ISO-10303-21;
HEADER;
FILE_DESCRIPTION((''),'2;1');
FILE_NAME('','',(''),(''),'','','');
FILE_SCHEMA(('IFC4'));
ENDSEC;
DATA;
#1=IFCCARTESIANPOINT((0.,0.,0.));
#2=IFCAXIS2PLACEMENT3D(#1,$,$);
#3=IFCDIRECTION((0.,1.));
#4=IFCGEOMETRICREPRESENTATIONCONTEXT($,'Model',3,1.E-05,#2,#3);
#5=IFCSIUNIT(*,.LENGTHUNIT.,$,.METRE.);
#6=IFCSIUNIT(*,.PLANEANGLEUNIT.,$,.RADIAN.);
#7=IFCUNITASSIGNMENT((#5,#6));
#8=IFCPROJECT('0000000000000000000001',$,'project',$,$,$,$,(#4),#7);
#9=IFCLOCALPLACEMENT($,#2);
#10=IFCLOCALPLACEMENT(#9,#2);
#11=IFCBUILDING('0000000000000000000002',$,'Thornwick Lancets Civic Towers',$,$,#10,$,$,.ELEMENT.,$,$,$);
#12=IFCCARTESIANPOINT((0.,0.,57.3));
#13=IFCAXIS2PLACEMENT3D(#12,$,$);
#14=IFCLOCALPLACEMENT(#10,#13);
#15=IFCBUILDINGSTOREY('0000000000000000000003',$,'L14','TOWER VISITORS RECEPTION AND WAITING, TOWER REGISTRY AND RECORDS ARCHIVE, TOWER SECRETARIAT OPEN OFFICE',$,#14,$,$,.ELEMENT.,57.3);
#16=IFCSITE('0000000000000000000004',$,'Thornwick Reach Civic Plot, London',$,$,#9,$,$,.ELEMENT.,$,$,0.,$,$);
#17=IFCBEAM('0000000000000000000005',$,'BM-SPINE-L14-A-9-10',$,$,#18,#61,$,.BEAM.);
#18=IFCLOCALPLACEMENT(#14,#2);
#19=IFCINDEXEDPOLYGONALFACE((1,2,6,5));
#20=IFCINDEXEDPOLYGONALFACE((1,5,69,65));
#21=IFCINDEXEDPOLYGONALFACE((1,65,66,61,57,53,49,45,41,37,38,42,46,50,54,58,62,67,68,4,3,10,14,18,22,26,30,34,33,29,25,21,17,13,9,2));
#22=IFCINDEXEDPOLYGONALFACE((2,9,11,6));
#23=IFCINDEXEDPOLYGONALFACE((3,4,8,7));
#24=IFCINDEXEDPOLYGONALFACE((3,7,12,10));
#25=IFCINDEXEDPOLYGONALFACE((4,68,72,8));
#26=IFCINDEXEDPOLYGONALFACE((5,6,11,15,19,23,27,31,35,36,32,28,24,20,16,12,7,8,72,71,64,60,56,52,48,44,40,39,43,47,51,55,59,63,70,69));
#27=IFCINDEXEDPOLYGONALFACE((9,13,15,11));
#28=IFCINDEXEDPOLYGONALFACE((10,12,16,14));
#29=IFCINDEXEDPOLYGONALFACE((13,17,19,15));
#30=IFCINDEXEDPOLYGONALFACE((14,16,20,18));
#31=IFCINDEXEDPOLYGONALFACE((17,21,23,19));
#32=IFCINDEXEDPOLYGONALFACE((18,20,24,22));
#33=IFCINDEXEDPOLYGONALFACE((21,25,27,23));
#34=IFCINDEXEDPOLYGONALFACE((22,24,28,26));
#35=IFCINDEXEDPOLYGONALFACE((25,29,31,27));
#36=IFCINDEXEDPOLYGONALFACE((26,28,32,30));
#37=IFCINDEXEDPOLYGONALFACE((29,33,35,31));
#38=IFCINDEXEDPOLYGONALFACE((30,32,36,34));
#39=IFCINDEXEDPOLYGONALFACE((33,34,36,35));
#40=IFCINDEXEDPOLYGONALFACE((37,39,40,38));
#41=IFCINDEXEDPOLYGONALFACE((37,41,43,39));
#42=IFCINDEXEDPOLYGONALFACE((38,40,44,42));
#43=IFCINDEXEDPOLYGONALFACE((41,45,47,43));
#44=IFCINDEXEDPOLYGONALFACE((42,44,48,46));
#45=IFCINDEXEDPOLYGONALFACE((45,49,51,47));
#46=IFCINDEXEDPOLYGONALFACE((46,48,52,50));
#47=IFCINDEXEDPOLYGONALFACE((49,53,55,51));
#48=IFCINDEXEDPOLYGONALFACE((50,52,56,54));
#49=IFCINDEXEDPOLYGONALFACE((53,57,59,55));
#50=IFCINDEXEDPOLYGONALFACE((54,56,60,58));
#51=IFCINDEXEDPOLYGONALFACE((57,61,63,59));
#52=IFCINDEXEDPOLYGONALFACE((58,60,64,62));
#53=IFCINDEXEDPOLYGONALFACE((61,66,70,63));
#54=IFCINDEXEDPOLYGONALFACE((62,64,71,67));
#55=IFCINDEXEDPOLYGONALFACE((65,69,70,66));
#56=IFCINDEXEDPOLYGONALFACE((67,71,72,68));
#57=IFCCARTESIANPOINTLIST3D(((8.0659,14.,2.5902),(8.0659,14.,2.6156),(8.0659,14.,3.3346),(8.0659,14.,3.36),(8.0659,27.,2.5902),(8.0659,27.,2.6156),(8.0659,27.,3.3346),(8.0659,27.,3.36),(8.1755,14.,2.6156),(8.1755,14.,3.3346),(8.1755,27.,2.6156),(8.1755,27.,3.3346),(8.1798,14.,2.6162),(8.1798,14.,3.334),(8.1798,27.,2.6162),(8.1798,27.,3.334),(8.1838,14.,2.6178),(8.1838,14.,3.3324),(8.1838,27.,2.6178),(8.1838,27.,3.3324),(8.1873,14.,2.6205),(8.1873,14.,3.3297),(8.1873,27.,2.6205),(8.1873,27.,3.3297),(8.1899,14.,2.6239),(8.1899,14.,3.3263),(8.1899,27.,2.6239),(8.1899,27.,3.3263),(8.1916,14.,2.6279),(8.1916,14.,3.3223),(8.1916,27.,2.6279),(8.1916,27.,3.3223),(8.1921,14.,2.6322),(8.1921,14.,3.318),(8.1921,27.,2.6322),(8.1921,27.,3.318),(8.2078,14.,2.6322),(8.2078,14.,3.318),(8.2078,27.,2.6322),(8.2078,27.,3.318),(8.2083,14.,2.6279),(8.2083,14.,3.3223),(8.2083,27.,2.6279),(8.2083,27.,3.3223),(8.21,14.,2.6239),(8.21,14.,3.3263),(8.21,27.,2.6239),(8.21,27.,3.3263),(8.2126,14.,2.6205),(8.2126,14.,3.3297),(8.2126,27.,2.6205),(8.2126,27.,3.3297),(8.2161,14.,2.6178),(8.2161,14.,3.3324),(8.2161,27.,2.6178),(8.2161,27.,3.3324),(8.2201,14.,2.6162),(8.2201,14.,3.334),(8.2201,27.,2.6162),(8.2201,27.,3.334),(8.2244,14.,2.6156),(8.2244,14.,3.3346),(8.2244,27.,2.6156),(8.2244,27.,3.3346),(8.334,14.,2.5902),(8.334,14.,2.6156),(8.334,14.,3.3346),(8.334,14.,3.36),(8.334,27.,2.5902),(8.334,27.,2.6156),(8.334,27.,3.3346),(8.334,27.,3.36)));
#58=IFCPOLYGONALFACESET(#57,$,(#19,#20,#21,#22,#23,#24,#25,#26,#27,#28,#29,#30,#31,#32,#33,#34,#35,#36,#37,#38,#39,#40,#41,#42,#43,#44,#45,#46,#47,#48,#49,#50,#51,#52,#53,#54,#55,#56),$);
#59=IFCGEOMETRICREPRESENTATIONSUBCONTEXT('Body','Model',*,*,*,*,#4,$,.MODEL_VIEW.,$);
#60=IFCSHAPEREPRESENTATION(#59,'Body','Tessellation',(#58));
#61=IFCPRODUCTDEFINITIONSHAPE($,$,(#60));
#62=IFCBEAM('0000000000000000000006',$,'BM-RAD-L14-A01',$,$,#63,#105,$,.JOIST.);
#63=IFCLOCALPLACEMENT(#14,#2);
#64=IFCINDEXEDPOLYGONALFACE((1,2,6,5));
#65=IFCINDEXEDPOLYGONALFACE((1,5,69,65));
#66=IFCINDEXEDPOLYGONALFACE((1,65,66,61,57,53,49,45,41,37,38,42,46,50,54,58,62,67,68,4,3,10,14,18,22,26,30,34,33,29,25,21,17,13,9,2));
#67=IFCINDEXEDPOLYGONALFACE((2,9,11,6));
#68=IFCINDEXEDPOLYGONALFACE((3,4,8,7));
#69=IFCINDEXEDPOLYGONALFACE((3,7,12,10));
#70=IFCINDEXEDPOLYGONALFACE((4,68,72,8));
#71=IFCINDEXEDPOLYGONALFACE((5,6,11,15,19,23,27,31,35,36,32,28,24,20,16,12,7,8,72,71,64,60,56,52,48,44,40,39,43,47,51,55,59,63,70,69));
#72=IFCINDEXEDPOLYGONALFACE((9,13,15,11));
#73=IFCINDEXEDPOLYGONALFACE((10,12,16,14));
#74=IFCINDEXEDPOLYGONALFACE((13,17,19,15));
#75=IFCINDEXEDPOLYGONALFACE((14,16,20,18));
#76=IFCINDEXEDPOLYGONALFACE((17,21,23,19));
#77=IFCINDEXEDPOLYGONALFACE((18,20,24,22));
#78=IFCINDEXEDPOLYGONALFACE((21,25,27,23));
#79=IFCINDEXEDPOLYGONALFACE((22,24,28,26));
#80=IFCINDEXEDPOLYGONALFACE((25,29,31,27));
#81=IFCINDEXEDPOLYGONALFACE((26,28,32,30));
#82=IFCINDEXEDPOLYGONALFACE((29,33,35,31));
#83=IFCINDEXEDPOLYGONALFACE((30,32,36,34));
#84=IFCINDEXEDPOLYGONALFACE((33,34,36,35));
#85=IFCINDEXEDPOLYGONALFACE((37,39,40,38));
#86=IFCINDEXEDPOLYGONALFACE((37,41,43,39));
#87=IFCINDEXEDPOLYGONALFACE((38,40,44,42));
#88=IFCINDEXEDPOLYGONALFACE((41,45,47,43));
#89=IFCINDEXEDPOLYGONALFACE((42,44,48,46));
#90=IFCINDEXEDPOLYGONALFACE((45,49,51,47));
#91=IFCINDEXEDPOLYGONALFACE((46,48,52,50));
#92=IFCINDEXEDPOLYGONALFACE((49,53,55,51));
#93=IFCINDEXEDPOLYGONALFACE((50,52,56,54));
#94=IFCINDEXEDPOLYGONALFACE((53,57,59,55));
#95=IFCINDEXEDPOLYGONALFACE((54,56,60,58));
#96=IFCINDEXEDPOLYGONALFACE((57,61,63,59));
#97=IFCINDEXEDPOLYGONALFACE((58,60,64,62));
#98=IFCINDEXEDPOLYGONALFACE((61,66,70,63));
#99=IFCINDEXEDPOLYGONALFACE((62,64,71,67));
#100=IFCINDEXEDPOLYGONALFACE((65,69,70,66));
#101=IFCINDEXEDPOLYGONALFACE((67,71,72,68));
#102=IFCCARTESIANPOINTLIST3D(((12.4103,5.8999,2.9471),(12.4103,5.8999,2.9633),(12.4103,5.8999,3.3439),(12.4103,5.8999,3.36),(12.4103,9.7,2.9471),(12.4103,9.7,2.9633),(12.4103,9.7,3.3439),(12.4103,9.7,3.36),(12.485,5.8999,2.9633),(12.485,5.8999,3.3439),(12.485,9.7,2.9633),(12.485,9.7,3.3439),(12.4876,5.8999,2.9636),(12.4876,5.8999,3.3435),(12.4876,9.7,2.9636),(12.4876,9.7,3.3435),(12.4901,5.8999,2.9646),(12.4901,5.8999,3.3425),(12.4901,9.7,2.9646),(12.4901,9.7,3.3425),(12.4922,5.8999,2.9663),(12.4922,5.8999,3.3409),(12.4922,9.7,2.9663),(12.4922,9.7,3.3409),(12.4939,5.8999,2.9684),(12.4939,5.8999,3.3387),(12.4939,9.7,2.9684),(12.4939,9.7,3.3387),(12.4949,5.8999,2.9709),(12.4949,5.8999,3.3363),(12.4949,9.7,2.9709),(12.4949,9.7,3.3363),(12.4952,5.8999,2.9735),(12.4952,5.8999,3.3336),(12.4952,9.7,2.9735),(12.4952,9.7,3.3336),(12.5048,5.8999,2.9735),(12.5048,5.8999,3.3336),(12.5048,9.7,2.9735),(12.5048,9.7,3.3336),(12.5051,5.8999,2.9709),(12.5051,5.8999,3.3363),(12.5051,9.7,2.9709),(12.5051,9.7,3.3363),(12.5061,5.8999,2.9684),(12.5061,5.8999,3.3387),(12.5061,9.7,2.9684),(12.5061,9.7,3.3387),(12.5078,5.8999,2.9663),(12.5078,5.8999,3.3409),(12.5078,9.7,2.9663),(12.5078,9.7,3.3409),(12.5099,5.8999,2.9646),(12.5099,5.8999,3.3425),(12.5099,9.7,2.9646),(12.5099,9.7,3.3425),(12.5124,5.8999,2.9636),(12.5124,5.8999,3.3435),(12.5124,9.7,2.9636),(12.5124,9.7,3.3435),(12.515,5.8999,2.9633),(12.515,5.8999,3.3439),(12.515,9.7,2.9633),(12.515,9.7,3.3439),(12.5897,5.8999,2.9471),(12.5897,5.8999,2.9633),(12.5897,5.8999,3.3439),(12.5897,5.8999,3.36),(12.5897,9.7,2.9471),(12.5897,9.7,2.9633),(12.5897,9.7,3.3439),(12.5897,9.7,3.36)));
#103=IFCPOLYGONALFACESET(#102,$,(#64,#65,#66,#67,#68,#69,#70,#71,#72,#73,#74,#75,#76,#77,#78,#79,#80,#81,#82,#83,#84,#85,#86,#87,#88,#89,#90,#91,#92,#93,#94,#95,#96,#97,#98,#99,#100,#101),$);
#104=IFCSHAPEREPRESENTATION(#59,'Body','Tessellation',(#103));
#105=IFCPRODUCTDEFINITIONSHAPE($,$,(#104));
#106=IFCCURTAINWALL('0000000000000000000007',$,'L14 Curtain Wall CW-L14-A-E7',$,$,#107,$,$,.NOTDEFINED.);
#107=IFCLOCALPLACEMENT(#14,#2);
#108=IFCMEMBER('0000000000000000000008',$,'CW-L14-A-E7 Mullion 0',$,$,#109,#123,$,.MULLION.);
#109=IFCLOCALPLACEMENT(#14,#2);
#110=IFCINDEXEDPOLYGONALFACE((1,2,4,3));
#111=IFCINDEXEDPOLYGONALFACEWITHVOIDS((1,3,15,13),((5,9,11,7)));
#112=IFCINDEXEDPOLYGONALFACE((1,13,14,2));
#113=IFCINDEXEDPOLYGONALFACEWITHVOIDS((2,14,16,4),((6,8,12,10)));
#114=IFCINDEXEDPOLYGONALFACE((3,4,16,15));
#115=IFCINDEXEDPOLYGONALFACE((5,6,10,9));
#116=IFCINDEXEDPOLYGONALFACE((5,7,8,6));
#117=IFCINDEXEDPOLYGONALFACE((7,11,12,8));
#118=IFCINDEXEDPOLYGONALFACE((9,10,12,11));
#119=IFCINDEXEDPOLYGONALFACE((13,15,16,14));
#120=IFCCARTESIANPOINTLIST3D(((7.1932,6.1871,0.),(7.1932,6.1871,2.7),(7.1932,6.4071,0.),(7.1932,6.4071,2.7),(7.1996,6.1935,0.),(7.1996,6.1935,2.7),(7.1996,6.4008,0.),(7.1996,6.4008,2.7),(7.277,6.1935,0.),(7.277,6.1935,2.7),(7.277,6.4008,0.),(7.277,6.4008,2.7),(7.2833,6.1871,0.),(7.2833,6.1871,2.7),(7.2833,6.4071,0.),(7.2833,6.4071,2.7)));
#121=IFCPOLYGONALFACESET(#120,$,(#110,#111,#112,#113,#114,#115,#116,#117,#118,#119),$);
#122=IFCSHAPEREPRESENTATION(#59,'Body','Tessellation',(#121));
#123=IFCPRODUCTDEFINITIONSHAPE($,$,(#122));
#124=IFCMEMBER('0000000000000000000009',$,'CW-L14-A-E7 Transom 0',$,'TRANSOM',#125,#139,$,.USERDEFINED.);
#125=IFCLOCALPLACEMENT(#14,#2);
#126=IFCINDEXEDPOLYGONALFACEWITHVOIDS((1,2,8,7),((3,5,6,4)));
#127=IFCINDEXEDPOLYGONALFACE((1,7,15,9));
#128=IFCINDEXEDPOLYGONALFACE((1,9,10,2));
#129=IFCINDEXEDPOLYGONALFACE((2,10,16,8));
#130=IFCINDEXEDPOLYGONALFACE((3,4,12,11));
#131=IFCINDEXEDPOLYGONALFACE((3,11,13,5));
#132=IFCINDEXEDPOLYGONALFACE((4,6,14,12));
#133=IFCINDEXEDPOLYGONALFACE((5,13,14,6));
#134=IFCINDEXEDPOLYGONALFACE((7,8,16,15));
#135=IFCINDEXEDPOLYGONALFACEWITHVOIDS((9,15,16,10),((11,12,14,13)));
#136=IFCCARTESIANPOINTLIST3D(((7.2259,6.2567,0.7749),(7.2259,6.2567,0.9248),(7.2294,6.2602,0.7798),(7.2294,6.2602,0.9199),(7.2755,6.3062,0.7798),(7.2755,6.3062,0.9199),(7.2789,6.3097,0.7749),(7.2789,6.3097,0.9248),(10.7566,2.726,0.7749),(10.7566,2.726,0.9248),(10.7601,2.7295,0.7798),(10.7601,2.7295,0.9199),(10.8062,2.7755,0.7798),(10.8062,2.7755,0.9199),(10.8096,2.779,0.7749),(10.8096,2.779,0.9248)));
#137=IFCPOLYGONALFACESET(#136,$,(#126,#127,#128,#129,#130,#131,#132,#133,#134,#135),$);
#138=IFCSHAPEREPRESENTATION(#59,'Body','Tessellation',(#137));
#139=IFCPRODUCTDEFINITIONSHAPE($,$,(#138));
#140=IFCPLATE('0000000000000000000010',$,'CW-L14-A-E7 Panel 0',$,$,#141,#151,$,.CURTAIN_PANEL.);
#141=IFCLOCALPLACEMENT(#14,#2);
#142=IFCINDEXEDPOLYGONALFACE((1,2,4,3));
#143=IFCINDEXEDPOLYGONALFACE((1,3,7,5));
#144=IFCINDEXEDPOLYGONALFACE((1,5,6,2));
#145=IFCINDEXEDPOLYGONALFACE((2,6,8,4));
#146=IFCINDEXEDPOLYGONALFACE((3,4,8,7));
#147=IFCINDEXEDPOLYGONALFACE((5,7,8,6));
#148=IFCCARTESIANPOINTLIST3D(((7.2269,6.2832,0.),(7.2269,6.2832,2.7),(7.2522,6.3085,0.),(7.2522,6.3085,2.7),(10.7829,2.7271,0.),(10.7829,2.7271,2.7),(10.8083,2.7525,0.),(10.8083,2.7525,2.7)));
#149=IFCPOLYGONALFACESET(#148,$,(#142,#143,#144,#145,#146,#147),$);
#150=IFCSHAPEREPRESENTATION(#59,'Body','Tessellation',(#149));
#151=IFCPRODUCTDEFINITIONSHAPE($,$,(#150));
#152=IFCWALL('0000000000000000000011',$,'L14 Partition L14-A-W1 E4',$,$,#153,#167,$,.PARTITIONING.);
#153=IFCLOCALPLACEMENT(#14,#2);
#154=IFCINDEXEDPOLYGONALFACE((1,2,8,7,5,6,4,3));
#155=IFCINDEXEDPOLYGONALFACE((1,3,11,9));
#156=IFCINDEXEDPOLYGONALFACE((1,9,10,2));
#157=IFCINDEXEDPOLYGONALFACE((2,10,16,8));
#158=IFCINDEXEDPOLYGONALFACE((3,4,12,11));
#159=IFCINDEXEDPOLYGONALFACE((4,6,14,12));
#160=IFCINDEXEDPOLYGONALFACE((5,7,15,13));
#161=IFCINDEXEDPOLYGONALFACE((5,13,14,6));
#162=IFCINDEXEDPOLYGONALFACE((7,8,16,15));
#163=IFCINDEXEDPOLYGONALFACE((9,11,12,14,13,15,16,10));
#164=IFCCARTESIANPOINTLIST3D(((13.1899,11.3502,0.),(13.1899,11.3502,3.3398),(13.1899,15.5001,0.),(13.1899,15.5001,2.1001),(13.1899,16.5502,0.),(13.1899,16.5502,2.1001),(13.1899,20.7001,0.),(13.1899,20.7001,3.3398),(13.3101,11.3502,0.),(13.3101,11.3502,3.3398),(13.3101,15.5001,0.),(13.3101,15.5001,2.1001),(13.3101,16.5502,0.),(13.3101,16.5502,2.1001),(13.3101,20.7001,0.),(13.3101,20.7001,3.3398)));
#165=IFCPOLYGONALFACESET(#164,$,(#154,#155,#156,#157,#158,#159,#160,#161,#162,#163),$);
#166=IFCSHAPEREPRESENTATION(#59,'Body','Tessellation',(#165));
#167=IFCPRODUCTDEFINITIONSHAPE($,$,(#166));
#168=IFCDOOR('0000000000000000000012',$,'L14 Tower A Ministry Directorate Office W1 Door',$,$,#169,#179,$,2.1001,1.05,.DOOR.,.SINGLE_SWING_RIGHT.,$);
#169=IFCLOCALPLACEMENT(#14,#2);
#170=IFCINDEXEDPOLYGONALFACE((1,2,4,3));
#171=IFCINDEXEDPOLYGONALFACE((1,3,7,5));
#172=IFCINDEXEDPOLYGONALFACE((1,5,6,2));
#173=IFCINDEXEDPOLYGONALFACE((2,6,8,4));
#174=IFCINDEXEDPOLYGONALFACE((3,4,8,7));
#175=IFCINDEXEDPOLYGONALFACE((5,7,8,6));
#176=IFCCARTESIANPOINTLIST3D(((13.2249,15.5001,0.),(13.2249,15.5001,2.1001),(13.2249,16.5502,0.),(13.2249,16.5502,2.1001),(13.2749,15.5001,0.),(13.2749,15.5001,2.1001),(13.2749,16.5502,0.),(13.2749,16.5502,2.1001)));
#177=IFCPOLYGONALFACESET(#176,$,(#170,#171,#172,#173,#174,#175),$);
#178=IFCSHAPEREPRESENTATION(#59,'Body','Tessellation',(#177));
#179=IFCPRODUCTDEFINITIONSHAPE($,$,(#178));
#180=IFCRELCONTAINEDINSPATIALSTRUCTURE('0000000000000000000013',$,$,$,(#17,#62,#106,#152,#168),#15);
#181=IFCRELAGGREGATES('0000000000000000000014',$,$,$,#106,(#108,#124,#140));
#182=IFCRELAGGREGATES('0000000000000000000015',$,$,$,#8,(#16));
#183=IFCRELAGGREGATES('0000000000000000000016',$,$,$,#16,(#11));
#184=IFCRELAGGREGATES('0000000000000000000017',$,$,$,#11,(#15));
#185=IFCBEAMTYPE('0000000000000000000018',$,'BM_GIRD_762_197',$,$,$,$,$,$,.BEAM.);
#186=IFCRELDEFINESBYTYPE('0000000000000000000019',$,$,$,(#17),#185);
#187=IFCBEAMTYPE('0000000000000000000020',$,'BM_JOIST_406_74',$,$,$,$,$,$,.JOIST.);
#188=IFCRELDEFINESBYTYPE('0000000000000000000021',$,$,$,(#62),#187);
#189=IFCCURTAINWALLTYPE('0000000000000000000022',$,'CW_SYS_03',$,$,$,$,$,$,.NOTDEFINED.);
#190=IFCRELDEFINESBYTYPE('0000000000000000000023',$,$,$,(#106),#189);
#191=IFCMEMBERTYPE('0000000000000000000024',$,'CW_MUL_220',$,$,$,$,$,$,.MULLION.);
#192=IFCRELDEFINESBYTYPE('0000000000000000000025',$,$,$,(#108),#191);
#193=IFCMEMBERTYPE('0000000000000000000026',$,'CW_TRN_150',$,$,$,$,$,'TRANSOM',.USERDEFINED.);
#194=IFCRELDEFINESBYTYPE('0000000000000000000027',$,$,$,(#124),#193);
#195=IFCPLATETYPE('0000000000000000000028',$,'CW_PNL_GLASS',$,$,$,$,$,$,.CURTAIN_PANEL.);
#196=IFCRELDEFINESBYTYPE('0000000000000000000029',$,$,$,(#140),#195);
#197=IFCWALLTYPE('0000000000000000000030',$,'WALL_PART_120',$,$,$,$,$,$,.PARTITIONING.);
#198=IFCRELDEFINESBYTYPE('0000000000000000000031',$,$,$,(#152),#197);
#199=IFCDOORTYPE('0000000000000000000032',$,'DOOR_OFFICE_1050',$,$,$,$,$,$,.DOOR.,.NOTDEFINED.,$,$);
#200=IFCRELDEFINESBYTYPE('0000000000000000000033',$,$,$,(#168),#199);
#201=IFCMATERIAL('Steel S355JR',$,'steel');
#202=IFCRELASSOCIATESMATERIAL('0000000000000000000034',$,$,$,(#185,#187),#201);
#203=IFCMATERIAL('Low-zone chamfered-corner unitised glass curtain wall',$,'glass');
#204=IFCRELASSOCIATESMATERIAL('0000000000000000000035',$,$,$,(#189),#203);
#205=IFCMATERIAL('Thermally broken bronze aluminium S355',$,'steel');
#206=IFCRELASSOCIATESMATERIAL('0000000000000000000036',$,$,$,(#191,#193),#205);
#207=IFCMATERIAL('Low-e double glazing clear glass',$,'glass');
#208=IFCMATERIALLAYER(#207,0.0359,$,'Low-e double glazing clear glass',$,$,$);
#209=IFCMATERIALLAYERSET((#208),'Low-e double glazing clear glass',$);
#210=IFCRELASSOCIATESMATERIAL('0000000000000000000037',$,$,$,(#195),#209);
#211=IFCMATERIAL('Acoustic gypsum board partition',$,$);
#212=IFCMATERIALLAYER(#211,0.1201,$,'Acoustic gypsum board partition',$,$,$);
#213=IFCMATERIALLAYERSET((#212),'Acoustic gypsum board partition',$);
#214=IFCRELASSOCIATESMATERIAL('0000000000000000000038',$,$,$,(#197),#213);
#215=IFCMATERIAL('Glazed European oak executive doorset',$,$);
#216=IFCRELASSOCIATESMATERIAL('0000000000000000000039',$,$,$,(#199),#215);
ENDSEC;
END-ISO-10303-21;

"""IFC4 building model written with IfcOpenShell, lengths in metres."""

from ifc_helpers import new_model, si_unit, direction, frame, frame_2d, origin, origin_2d, place, context, subcontext, project, spatial, rectangle, hollow_rectangle, i_section, extrude, material, layer, layer_set, material_profile, profile_set, type_object, element, fill, aggregate, save


model = new_model("IFC4")

# Units and contexts
model_context = context("Model", 3, precision=1e-05, world=origin(), true_north=direction((0.0, 1.0)))
body_context = subcontext(model_context, "Body", "Model", "MODEL_VIEW")
ifc_project = project(units=[si_unit("LENGTHUNIT", "METRE"), si_unit("PLANEANGLEUNIT", "RADIAN")], contexts=[model_context])

# Site, building, storey
site_placement = place(None, origin())
site = spatial("IfcSite", under=ifc_project, at=site_placement, Name="Thornwick Reach Civic Plot, London", CompositionType="ELEMENT", RefElevation=0.0)
building_placement = place(site_placement, origin())
building = spatial("IfcBuilding", under=site, at=building_placement, Name="Thornwick Lancets Civic Towers", CompositionType="ELEMENT")
storey_placement = place(building_placement, frame((0.0, 0.0, 57.3)))
storey = spatial("IfcBuildingStorey", under=building, at=storey_placement, Name="L14", Description="TOWER VISITORS RECEPTION AND WAITING, TOWER REGISTRY AND RECORDS ARCHIVE, TOWER SECRETARIAT OPEN OFFICE", CompositionType="ELEMENT", Elevation=57.3)

# Beams
ifc_material_1 = material(Name="Steel S355JR", Category="steel")
ifc_material_profile_1 = material_profile(ifc_material_1, i_section(OverallWidth=0.2681, OverallDepth=0.7698, WebThickness=0.0156, FlangeThickness=0.0254, FilletRadius=0.0166, at=origin_2d()), Name="UKB 762x267x197")
ifc_profile_set_1 = profile_set([ifc_material_profile_1], Name="Steel S355JR")
beam_type_1 = type_object("IfcBeamType", Name="BM_GIRD_762_197", PredefinedType="BEAM", material=ifc_profile_set_1)
for number, where, z_axis, x_axis, name in (
    (1, (8.2, 14.0, 2.9751), (0.0, 1.0, 0.0), (-1.0, 0.0, 0.0), "BM-SPINE-L14-A-9-10"),
):
    element("IfcBeam", number, at=place(storey_placement, frame(where, z_axis=z_axis, x_axis=x_axis)), inside=storey, type_object=beam_type_1, Name=name, PredefinedType="BEAM", context=body_context, shape_type="SweptSolid", body=[
        extrude(i_section(OverallWidth=0.2681, OverallDepth=0.7698, WebThickness=0.0156, FlangeThickness=0.0254, FilletRadius=0.0166, at=origin_2d()), origin(), (0.0, 0.0, 1.0), 13.0),
    ])
ifc_material_profile_2 = material_profile(ifc_material_1, i_section(OverallWidth=0.1794, OverallDepth=0.4128, WebThickness=0.0095, FlangeThickness=0.0161, FilletRadius=0.0103, at=origin_2d()), Name="UKB 406x178x74")
ifc_profile_set_2 = profile_set([ifc_material_profile_2], Name="Steel S355JR")
beam_type_2 = type_object("IfcBeamType", Name="BM_JOIST_406_74", PredefinedType="JOIST", material=ifc_profile_set_2)
beam_1_placement = place(storey_placement, frame((12.5, 9.7, 3.1536), z_axis=(0.0, -1.0, 0.0), x_axis=(1.0, 0.0, 0.0)))
element("IfcBeam", 2, at=beam_1_placement, inside=storey, type_object=beam_type_2, Name="BM-RAD-L14-A01", PredefinedType="JOIST", context=body_context, shape_type="SweptSolid", body=[
    extrude(i_section(OverallWidth=0.1794, OverallDepth=0.4128, WebThickness=0.0095, FlangeThickness=0.0161, FilletRadius=0.0103, at=origin_2d()), origin(), (0.0, 0.0, 1.0), 3.8),
])

# Curtain wall, members, plate
ifc_material_2 = material(Name="Low-zone chamfered-corner unitised glass curtain wall", Category="glass")
curtain_wall_type = type_object("IfcCurtainWallType", Name="CW_SYS_03", PredefinedType="NOTDEFINED", material=ifc_material_2)
curtain_wall_placement = place(storey_placement, origin())
curtain_wall = element("IfcCurtainWall", 3, at=curtain_wall_placement, inside=storey, type_object=curtain_wall_type, Name="L14 Curtain Wall CW-L14-A-E7", PredefinedType="NOTDEFINED")
ifc_material_3 = material(Name="Thermally broken bronze aluminium S355", Category="steel")
ifc_material_profile_3 = material_profile(ifc_material_3, hollow_rectangle(XDim=0.0901, YDim=0.22, WallThickness=0.0063, at=origin_2d()), Name="RHS 220x90x6.3")
ifc_profile_set_3 = profile_set([ifc_material_profile_3], Name="Thermally broken bronze aluminium S355")
member_type_1 = type_object("IfcMemberType", Name="CW_MUL_220", PredefinedType="MULLION", material=ifc_profile_set_3)
member_1_placement = place(storey_placement, frame((7.2383, 6.2971, 0.0), z_axis=(0.0, 0.0, 1.0), x_axis=(1.0, 0.0, 0.0)))
member_1 = element("IfcMember", 4, at=member_1_placement, type_object=member_type_1, Name="CW-L14-A-E7 Mullion 0", PredefinedType="MULLION", context=body_context, shape_type="SweptSolid", body=[
    extrude(hollow_rectangle(XDim=0.0901, YDim=0.22, WallThickness=0.0063, at=origin_2d()), origin(), (0.0, 0.0, 1.0), 2.7),
])
ifc_material_profile_4 = material_profile(ifc_material_3, hollow_rectangle(XDim=0.075, YDim=0.1499, WallThickness=0.0049, at=origin_2d()), Name="RHS 150x75x5")
ifc_profile_set_4 = profile_set([ifc_material_profile_4], Name="Thermally broken bronze aluminium S355")
member_type_2 = type_object("IfcMemberType", Name="CW_TRN_150", ElementType="TRANSOM", PredefinedType="USERDEFINED", material=ifc_profile_set_4)
member_2_placement = place(storey_placement, frame((7.2524, 6.2832, 0.8499), z_axis=(0.707107, -0.707107, 0.0), x_axis=(0.707107, 0.707107, 0.0)))
member_2 = element("IfcMember", 5, at=member_2_placement, type_object=member_type_2, Name="CW-L14-A-E7 Transom 0", ObjectType="TRANSOM", PredefinedType="USERDEFINED", context=body_context, shape_type="SweptSolid", body=[
    extrude(hollow_rectangle(XDim=0.075, YDim=0.1499, WallThickness=0.0049, at=origin_2d()), origin(), (0.0, 0.0, 1.0), 4.9932),
])
ifc_material_4 = material(Name="Low-e double glazing clear glass", Category="glass")
ifc_layer_1 = layer(ifc_material_4, 0.0359, Name="Low-e double glazing clear glass")
ifc_layer_set_1 = layer_set([ifc_layer_1], Name="Low-e double glazing clear glass")
plate_type = type_object("IfcPlateType", Name="CW_PNL_GLASS", PredefinedType="CURTAIN_PANEL", material=ifc_layer_set_1)
plate_placement = place(storey_placement, frame((9.0176, 4.5178, 0.0), z_axis=(0.0, 0.0, 1.0), x_axis=(0.707107, -0.707107, 0.0)))
plate = element("IfcPlate", 6, at=plate_placement, type_object=plate_type, Name="CW-L14-A-E7 Panel 0", PredefinedType="CURTAIN_PANEL", context=body_context, shape_type="SweptSolid", body=[
    extrude(rectangle(XDim=5.0291, YDim=0.0359, at=origin_2d()), origin(), (0.0, 0.0, 1.0), 2.7),
])
aggregate(curtain_wall, [member_1, member_2, plate])

# Wall, opening, door
ifc_material_5 = material(Name="Acoustic gypsum board partition")
ifc_layer_2 = layer(ifc_material_5, 0.1201, Name="Acoustic gypsum board partition")
ifc_layer_set_2 = layer_set([ifc_layer_2], Name="Acoustic gypsum board partition")
wall_type = type_object("IfcWallType", Name="WALL_PART_120", PredefinedType="PARTITIONING", material=ifc_layer_set_2)
wall_1_placement = place(storey_placement, frame((13.25, 20.7, 0.0), z_axis=(0.0, 0.0, 1.0), x_axis=(0.0, -1.0, 0.0)))
wall_1 = element("IfcWall", 7, at=wall_1_placement, inside=storey, type_object=wall_type, Name="L14 Partition L14-A-W1 E4", PredefinedType="PARTITIONING", context=body_context, shape_type="SweptSolid", body=[
    extrude(rectangle(XDim=9.3499, YDim=0.1201, at=frame_2d((4.6748, 0.0))), origin(), (0.0, 0.0, 1.0), 3.3398),
])
opening_1_placement = place(wall_1_placement, frame((4.1499, 0.0, 0.0)))
opening_1 = element("IfcOpeningElement", 8, at=opening_1_placement, cuts=wall_1, PredefinedType="OPENING", context=body_context, shape_type="SweptSolid", body=[
    extrude(rectangle(XDim=1.05, YDim=2.1001, at=frame_2d((0.5249, 1.05))), frame((0.0, 0.0701, 0.0), z_axis=(0.0, -1.0, 0.0), x_axis=(1.0, 0.0, 0.0)), (0.0, 0.0, 1.0), 0.1401),
])
ifc_material_6 = material(Name="Glazed European oak executive doorset")
door_type = type_object("IfcDoorType", Name="DOOR_OFFICE_1050", OperationType="NOTDEFINED", PredefinedType="DOOR", material=ifc_material_6)
door_1_placement = place(opening_1_placement, origin())
door_1 = element("IfcDoor", 9, at=door_1_placement, inside=storey, type_object=door_type, Name="L14 Tower A Ministry Directorate Office W1 Door", OperationType="SINGLE_SWING_RIGHT", OverallHeight=2.1001, OverallWidth=1.05, PredefinedType="DOOR", context=body_context, shape_type="SweptSolid", body=[
    extrude(rectangle(XDim=1.05, YDim=2.1001, at=frame_2d((0.5249, 1.05))), frame((0.0, 0.0249, 0.0), z_axis=(0.0, -1.0, 0.0), x_axis=(1.0, 0.0, 0.0)), (0.0, 0.0, 1.0), 0.05),
])
fill(opening_1, door_1)

save(model, "model.ifc")
